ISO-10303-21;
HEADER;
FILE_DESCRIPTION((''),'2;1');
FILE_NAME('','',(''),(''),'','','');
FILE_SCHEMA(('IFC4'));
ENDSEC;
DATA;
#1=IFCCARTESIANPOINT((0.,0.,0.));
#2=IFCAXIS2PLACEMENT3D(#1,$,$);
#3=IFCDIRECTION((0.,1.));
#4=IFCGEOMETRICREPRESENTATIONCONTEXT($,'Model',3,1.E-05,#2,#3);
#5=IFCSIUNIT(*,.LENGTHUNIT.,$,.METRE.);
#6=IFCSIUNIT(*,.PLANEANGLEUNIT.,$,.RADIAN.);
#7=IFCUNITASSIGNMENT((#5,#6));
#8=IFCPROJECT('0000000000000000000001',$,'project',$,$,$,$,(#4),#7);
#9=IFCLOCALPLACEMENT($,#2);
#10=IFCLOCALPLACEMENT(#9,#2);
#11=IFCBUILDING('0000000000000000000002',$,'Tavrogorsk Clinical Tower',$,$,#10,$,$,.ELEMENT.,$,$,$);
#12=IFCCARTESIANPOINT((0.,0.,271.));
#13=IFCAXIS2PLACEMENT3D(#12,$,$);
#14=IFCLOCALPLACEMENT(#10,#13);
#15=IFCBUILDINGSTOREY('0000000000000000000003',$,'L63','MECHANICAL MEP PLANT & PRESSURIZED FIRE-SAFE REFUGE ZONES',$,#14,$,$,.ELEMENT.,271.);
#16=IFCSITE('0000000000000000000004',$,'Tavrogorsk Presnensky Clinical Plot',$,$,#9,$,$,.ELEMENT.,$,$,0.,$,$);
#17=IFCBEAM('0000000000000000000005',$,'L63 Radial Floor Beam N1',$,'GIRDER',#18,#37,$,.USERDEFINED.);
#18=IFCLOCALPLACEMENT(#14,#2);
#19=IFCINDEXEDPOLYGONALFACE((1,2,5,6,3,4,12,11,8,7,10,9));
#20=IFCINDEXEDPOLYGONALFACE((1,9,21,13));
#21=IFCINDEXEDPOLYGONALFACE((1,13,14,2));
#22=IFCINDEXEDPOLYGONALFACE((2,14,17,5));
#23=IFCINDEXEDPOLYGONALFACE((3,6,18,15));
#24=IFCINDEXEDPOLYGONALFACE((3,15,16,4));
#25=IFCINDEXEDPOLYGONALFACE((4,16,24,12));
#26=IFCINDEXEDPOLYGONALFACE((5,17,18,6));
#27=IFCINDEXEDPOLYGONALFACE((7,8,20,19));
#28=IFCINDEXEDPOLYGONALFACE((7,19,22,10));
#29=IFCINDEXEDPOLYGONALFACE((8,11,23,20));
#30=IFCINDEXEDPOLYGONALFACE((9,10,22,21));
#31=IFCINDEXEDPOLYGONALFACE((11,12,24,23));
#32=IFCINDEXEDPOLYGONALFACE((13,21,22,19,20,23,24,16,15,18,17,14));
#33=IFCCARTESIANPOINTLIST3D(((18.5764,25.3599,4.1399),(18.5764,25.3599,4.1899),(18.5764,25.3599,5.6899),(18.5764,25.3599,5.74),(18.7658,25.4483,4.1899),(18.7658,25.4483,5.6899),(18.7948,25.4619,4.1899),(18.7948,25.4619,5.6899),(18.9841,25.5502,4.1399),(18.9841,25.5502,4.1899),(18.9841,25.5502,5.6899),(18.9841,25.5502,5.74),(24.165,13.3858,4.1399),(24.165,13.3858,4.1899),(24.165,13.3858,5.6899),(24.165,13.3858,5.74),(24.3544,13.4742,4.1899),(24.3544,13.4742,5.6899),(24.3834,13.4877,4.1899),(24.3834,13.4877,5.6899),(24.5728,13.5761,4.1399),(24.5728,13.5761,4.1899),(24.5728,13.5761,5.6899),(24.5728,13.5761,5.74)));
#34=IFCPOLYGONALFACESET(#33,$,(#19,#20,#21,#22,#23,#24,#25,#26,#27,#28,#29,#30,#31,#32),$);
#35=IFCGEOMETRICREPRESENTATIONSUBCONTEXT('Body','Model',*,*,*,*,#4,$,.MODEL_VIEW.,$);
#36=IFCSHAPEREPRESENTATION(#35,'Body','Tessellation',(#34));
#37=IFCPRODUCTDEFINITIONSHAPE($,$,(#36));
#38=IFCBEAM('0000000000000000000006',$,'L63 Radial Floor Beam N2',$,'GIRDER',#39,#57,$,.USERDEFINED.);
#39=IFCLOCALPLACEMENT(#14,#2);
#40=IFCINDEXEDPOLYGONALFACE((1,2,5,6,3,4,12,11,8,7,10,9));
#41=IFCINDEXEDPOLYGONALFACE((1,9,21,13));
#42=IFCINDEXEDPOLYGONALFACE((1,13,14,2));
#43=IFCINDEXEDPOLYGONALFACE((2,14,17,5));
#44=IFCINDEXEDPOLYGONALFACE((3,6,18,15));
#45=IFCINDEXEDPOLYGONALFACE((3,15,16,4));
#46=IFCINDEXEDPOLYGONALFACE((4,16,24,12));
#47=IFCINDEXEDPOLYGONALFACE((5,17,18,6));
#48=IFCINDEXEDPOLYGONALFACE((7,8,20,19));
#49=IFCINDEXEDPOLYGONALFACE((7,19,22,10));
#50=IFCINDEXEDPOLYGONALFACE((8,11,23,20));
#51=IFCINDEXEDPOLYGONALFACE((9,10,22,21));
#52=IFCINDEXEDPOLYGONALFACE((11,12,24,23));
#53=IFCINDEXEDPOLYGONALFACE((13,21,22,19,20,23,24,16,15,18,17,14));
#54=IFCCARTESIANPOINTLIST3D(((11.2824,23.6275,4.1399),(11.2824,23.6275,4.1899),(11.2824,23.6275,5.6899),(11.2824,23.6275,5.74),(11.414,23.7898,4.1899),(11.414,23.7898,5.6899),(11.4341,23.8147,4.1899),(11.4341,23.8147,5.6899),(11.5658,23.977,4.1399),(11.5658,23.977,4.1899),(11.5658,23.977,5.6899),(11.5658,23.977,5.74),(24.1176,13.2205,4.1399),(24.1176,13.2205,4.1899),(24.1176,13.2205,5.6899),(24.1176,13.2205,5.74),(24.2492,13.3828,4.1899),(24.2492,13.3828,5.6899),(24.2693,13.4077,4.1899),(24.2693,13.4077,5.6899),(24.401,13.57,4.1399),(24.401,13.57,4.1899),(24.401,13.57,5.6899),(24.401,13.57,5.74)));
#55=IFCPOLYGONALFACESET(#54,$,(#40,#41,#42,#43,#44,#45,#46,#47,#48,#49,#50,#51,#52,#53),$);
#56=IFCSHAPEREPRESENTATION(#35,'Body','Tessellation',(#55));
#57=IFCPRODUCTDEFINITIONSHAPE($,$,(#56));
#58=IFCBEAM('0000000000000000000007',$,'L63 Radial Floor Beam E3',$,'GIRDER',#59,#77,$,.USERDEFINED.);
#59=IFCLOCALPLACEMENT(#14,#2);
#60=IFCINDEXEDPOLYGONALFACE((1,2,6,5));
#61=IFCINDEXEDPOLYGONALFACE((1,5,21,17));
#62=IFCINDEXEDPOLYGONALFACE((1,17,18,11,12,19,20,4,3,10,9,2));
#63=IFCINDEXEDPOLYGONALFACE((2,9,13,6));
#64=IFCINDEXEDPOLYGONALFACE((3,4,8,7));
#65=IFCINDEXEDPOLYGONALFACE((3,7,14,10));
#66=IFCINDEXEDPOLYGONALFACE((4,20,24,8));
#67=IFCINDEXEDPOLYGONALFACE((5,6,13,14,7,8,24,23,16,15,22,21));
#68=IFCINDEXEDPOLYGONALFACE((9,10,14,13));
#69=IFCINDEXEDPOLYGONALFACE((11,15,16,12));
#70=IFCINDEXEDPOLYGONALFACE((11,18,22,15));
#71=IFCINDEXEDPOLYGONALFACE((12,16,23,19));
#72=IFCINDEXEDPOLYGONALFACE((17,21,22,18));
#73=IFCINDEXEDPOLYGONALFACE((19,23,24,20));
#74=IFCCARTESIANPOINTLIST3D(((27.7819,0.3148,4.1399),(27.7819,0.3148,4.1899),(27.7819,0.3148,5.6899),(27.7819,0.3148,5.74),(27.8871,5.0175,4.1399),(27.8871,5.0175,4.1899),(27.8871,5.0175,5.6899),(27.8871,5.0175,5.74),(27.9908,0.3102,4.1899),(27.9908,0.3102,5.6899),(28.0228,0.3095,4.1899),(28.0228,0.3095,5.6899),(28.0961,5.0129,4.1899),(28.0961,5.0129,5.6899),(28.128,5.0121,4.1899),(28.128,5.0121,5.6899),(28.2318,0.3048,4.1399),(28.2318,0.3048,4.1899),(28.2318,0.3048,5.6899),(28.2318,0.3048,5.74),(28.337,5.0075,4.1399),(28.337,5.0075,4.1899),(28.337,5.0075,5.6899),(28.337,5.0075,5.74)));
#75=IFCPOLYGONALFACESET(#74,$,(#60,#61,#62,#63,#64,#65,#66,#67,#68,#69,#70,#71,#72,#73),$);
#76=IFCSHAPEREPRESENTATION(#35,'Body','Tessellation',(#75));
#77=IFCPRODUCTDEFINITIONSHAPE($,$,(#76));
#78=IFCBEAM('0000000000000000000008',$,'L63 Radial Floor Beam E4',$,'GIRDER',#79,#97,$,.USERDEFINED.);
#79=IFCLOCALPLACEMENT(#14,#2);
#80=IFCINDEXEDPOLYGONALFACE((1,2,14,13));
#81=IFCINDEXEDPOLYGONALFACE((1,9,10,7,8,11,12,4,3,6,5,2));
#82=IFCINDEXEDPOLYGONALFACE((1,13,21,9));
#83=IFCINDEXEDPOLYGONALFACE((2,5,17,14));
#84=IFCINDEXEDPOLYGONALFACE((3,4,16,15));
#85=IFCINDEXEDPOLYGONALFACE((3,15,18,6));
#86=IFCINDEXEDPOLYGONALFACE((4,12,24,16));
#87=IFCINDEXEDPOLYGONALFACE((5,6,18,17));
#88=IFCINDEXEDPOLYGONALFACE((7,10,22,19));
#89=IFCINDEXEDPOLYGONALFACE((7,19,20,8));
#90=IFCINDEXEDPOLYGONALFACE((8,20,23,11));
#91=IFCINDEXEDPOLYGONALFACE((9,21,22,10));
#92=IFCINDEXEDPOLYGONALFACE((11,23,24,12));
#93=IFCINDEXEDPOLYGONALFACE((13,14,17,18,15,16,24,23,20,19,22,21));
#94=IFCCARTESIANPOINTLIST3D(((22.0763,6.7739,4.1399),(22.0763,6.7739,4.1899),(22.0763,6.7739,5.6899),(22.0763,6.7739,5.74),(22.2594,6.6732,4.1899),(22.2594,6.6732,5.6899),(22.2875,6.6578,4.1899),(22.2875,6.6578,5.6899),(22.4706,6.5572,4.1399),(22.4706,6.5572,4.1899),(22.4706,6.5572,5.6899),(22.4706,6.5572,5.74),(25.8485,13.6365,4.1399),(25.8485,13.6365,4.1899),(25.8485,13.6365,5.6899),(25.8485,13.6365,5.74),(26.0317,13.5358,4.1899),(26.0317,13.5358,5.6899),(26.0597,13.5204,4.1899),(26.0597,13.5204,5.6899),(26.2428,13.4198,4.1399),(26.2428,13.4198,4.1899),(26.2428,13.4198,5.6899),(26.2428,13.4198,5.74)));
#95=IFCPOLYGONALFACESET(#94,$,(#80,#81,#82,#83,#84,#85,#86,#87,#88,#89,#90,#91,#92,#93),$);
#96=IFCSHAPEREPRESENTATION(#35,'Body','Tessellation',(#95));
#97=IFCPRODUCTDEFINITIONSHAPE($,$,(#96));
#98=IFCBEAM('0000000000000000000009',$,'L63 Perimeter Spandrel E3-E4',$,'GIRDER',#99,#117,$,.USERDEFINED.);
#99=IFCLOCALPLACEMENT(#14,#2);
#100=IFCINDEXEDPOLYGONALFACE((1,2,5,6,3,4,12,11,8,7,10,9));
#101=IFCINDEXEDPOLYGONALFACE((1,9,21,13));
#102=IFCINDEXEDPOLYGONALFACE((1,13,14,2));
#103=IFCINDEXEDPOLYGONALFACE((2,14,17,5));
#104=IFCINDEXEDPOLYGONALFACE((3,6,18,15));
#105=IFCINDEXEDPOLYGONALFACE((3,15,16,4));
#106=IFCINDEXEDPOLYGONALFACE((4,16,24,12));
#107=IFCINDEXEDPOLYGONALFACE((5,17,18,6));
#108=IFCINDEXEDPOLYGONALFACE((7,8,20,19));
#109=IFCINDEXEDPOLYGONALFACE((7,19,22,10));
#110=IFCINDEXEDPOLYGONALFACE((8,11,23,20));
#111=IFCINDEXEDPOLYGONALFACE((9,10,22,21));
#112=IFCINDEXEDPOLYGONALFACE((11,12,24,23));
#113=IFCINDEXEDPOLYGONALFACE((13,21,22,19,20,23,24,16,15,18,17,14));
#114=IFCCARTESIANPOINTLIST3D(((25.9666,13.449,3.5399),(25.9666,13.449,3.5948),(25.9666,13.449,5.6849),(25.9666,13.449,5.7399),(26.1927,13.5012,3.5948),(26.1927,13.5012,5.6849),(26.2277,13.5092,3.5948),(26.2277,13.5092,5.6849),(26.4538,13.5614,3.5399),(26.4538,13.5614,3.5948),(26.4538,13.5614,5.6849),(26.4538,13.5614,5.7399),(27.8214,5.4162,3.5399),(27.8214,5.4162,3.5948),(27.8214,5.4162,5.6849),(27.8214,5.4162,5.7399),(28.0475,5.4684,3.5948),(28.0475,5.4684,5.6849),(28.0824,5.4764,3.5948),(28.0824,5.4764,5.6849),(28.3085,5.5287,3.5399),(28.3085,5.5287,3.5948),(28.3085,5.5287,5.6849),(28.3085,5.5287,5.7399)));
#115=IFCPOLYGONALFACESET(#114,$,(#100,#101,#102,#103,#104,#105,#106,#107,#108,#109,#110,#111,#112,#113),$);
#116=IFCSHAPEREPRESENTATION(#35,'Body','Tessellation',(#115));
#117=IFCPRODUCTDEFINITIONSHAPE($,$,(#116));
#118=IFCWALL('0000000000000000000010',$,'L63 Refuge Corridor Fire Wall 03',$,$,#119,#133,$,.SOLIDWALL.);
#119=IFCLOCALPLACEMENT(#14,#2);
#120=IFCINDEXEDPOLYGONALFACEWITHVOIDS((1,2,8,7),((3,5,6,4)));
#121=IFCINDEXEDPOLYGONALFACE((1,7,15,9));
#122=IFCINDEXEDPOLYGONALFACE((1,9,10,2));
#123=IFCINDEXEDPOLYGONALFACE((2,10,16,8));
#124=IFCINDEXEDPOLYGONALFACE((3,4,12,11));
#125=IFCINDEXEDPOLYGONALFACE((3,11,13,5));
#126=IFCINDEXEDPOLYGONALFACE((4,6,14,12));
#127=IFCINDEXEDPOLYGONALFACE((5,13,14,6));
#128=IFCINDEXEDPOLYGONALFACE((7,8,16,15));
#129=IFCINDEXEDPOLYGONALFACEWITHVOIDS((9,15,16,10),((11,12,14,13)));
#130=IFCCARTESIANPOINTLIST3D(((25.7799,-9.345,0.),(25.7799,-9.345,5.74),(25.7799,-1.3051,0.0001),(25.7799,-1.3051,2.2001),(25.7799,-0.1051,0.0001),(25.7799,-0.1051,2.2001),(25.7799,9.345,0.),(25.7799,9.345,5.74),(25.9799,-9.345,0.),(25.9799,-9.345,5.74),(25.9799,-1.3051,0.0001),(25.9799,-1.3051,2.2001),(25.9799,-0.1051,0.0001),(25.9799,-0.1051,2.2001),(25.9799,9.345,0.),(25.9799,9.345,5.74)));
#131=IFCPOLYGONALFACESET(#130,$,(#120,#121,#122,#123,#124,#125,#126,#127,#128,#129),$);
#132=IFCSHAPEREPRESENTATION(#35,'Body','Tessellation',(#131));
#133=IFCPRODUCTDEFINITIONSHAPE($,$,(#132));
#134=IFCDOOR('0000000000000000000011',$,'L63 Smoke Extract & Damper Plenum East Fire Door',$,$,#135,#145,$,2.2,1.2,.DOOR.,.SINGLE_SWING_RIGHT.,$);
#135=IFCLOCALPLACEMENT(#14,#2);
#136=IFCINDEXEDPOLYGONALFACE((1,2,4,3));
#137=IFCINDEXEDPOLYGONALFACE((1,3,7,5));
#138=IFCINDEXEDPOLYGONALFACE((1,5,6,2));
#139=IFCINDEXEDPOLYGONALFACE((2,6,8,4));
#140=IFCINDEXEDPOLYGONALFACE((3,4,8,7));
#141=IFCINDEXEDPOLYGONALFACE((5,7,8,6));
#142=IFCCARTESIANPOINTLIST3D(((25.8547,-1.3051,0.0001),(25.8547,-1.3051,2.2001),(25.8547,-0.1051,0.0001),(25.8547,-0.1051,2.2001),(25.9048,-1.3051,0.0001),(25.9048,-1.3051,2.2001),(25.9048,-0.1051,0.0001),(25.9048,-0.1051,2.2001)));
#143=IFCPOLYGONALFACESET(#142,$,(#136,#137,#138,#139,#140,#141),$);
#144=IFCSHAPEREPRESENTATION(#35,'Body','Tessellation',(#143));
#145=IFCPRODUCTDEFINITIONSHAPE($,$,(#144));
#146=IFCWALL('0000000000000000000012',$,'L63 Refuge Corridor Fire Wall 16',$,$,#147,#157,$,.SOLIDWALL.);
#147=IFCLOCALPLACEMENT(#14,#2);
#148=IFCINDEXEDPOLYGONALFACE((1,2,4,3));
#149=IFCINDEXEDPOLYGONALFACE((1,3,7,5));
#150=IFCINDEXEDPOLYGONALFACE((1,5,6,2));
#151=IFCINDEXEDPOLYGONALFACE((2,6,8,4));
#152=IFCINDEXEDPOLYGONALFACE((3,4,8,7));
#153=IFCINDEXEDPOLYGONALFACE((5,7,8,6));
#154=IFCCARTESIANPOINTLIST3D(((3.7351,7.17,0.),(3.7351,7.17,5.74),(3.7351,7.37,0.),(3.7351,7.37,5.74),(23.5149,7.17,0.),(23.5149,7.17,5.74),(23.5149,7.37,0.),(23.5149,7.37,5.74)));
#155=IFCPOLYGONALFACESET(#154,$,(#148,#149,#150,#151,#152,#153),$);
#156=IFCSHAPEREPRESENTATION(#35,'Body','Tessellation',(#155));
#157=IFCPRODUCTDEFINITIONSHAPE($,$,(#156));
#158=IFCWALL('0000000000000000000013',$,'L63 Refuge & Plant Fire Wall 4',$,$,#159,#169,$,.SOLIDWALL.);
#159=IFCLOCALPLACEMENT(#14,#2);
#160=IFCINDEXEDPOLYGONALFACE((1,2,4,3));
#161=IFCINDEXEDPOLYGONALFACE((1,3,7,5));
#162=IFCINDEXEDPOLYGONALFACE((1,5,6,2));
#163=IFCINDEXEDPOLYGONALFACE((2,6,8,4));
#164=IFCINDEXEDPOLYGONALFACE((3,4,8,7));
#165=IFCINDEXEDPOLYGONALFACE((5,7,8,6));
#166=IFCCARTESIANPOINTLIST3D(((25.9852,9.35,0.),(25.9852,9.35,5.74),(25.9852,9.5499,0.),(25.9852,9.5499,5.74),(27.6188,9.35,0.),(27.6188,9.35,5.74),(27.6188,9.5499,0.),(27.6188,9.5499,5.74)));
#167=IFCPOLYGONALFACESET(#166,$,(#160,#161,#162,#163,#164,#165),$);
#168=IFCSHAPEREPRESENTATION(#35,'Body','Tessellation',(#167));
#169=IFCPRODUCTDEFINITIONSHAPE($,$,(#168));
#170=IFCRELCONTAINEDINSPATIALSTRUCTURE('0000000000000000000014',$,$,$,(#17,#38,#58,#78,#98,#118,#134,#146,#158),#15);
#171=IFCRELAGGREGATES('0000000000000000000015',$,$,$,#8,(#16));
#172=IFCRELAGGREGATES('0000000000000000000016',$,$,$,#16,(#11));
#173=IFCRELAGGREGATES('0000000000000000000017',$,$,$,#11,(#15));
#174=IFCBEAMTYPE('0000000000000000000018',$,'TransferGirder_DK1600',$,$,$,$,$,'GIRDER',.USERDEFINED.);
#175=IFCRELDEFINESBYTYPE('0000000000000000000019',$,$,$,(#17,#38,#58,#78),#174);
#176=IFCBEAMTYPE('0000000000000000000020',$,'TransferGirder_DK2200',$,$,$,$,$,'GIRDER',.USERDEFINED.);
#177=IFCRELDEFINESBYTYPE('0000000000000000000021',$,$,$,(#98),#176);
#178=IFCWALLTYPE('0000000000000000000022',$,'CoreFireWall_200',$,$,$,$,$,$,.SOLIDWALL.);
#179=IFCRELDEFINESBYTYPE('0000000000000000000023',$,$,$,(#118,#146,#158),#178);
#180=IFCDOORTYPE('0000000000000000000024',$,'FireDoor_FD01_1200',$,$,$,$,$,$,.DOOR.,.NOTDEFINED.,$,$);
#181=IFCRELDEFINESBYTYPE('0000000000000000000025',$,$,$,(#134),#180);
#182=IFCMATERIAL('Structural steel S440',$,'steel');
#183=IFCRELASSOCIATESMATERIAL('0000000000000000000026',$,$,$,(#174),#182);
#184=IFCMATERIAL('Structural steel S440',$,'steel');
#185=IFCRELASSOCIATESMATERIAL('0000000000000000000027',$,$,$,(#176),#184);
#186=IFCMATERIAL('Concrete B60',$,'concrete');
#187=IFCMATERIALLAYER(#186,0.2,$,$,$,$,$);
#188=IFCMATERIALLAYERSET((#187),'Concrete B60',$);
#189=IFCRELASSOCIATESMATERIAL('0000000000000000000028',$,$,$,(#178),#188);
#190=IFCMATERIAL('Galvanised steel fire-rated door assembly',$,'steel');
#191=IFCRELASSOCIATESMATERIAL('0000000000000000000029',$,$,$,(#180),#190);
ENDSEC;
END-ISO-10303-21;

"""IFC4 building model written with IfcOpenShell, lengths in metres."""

from ifc_helpers import new_model, si_unit, direction, frame, frame_2d, origin, origin_2d, place, context, subcontext, project, spatial, rectangle, i_section, extrude, material, layer, layer_set, material_profile, profile_set, type_object, element, fill, save


model = new_model("IFC4")

# Units and contexts
model_context = context("Model", 3, precision=1e-05, world=origin(), true_north=direction((0.0, 1.0)))
body_context = subcontext(model_context, "Body", "Model", "MODEL_VIEW")
ifc_project = project(units=[si_unit("LENGTHUNIT", "METRE"), si_unit("PLANEANGLEUNIT", "RADIAN")], contexts=[model_context])

# Site, building, storey
site_placement = place(None, origin())
site = spatial("IfcSite", under=ifc_project, at=site_placement, Name="Tavrogorsk Presnensky Clinical Plot", CompositionType="ELEMENT", RefElevation=0.0)
building_placement = place(site_placement, origin())
building = spatial("IfcBuilding", under=site, at=building_placement, Name="Tavrogorsk Clinical Tower", CompositionType="ELEMENT")
storey_placement = place(building_placement, frame((0.0, 0.0, 271.0)))
storey = spatial("IfcBuildingStorey", under=building, at=storey_placement, Name="L63", Description="MECHANICAL MEP PLANT & PRESSURIZED FIRE-SAFE REFUGE ZONES", CompositionType="ELEMENT", Elevation=271.0)

# Beams
ifc_material_1 = material(Name="Structural steel S440", Category="steel")
ifc_material_profile_1 = material_profile(ifc_material_1, i_section(OverallWidth=0.45, OverallDepth=1.6001, WebThickness=0.032, FlangeThickness=0.05, at=origin_2d()), Name="DK-1600x450x32x50")
ifc_profile_set_1 = profile_set([ifc_material_profile_1], Name="Structural steel S440")
beam_type_1 = type_object("IfcBeamType", Name="TransferGirder_DK1600", ElementType="GIRDER", PredefinedType="USERDEFINED", material=ifc_profile_set_1)
beam_1_placement = place(storey_placement, frame((24.3689, 13.481, 4.9399), z_axis=(-0.422929, 0.906163, 0.0), x_axis=(-0.906163, -0.422929, 0.0)))
element("IfcBeam", 1, at=beam_1_placement, inside=storey, type_object=beam_type_1, Name="L63 Radial Floor Beam N1", ObjectType="GIRDER", PredefinedType="USERDEFINED", context=body_context, shape_type="SweptSolid", body=[
    extrude(i_section(OverallWidth=0.45, OverallDepth=1.6001, WebThickness=0.032, FlangeThickness=0.05, at=origin_2d()), origin(), (0.0, 0.0, 1.0), 13.2141),
])
beam_2_placement = place(storey_placement, frame((24.2593, 13.3953, 4.9399), z_axis=(-0.776754, 0.629804, 0.0), x_axis=(-0.629804, -0.776754, 0.0)))
element("IfcBeam", 2, at=beam_2_placement, inside=storey, type_object=beam_type_1, Name="L63 Radial Floor Beam N2", ObjectType="GIRDER", PredefinedType="USERDEFINED", context=body_context, shape_type="SweptSolid", body=[
    extrude(i_section(OverallWidth=0.45, OverallDepth=1.6001, WebThickness=0.032, FlangeThickness=0.05, at=origin_2d()), origin(), (0.0, 0.0, 1.0), 16.5242),
])
beam_3_placement = place(storey_placement, frame((28.0068, 0.3098, 4.9399), z_axis=(0.02237, 0.99975, 0.0), x_axis=(-0.99975, 0.02237, 0.0)))
element("IfcBeam", 3, at=beam_3_placement, inside=storey, type_object=beam_type_1, Name="L63 Radial Floor Beam E3", ObjectType="GIRDER", PredefinedType="USERDEFINED", context=body_context, shape_type="SweptSolid", body=[
    extrude(i_section(OverallWidth=0.45, OverallDepth=1.6001, WebThickness=0.032, FlangeThickness=0.05, at=origin_2d()), origin(), (0.0, 0.0, 1.0), 4.7039),
])
beam_4_placement = place(storey_placement, frame((22.2734, 6.6655, 4.9399), z_axis=(0.481705, 0.876334, 0.0), x_axis=(-0.876334, 0.481705, 0.0)))
element("IfcBeam", 4, at=beam_4_placement, inside=storey, type_object=beam_type_1, Name="L63 Radial Floor Beam E4", ObjectType="GIRDER", PredefinedType="USERDEFINED", context=body_context, shape_type="SweptSolid", body=[
    extrude(i_section(OverallWidth=0.45, OverallDepth=1.6001, WebThickness=0.032, FlangeThickness=0.05, at=origin_2d()), origin(), (0.0, 0.0, 1.0), 7.8311),
])
ifc_material_2 = material(Name="Structural steel S440", Category="steel")
ifc_material_profile_2 = material_profile(ifc_material_2, i_section(OverallWidth=0.5, OverallDepth=2.2, WebThickness=0.0359, FlangeThickness=0.0549, at=origin_2d()), Name="DK-2200x500x36x55")
ifc_profile_set_2 = profile_set([ifc_material_profile_2], Name="Structural steel S440")
beam_type_2 = type_object("IfcBeamType", Name="TransferGirder_DK2200", ElementType="GIRDER", PredefinedType="USERDEFINED", material=ifc_profile_set_2)
beam_5_placement = place(storey_placement, frame((28.0649, 5.4724, 4.6399), z_axis=(-0.224978, 0.974364, 0.0), x_axis=(-0.974364, -0.224978, 0.0)))
element("IfcBeam", 5, at=beam_5_placement, inside=storey, type_object=beam_type_2, Name="L63 Perimeter Spandrel E3-E4", ObjectType="GIRDER", PredefinedType="USERDEFINED", context=body_context, shape_type="SweptSolid", body=[
    extrude(i_section(OverallWidth=0.5, OverallDepth=2.2, WebThickness=0.0359, FlangeThickness=0.0549, at=origin_2d()), origin(), (0.0, 0.0, 1.0), 8.2441),
])

# Wall, opening, door
ifc_material_3 = material(Name="Concrete B60", Category="concrete")
ifc_layer_1 = layer(ifc_material_3, 0.2)
ifc_layer_set_1 = layer_set([ifc_layer_1], Name="Concrete B60")
wall_type = type_object("IfcWallType", Name="CoreFireWall_200", PredefinedType="SOLIDWALL", material=ifc_layer_set_1)
wall_1_placement = place(storey_placement, frame((25.8799, 9.345, 0.0), z_axis=(0.0, 0.0, 1.0), x_axis=(0.0, -1.0, 0.0)))
wall_1 = element("IfcWall", 6, at=wall_1_placement, inside=storey, type_object=wall_type, Name="L63 Refuge Corridor Fire Wall 03", PredefinedType="SOLIDWALL", context=body_context, shape_type="SweptSolid", body=[
    extrude(rectangle(XDim=18.6899, YDim=0.2, at=frame_2d((9.345, 0.0))), origin(), (0.0, 0.0, 1.0), 5.74),
])
opening_placement = place(wall_1_placement, frame((9.45, 0.0, 0.0)))
opening = element("IfcOpeningElement", 7, at=opening_placement, cuts=wall_1, PredefinedType="OPENING", context=body_context, shape_type="SweptSolid", body=[
    extrude(rectangle(XDim=1.2, YDim=2.2, at=frame_2d((0.6001, 1.1001))), frame((0.0, 0.1099, 0.0), z_axis=(0.0, -1.0, 0.0), x_axis=(1.0, 0.0, 0.0)), (0.0, 0.0, 1.0), 0.22),
])
ifc_material_4 = material(Name="Galvanised steel fire-rated door assembly", Category="steel")
door_type = type_object("IfcDoorType", Name="FireDoor_FD01_1200", OperationType="NOTDEFINED", PredefinedType="DOOR", material=ifc_material_4)
door_placement = place(opening_placement, origin())
door = element("IfcDoor", 8, at=door_placement, inside=storey, type_object=door_type, Name="L63 Smoke Extract & Damper Plenum East Fire Door", OperationType="SINGLE_SWING_RIGHT", OverallHeight=2.2, OverallWidth=1.2, PredefinedType="DOOR", context=body_context, shape_type="SweptSolid", body=[
    extrude(rectangle(XDim=1.2, YDim=2.2, at=frame_2d((0.6001, 1.1001))), frame((0.0, 0.0249, 0.0), z_axis=(0.0, -1.0, 0.0), x_axis=(1.0, 0.0, 0.0)), (0.0, 0.0, 1.0), 0.05),
])
fill(opening, door)

# Walls
wall_2_placement = place(storey_placement, frame((23.5149, 7.27, 0.0), z_axis=(0.0, 0.0, 1.0), x_axis=(-1.0, 0.0, 0.0)))
element("IfcWall", 9, at=wall_2_placement, inside=storey, type_object=wall_type, Name="L63 Refuge Corridor Fire Wall 16", PredefinedType="SOLIDWALL", context=body_context, shape_type="SweptSolid", body=[
    extrude(rectangle(XDim=19.7798, YDim=0.2, at=frame_2d((9.8899, 0.0))), origin(), (0.0, 0.0, 1.0), 5.74),
])
wall_3_placement = place(storey_placement, frame((25.9851, 9.45, 0.0), z_axis=(0.0, 0.0, 1.0), x_axis=(1.0, 0.0, 0.0)))
element("IfcWall", 10, at=wall_3_placement, inside=storey, type_object=wall_type, Name="L63 Refuge & Plant Fire Wall 4", PredefinedType="SOLIDWALL", context=body_context, shape_type="SweptSolid", body=[
    extrude(rectangle(XDim=1.6335, YDim=0.2, at=frame_2d((0.8169, 0.0))), origin(), (0.0, 0.0, 1.0), 5.74),
])

save(model, "model.ifc")
